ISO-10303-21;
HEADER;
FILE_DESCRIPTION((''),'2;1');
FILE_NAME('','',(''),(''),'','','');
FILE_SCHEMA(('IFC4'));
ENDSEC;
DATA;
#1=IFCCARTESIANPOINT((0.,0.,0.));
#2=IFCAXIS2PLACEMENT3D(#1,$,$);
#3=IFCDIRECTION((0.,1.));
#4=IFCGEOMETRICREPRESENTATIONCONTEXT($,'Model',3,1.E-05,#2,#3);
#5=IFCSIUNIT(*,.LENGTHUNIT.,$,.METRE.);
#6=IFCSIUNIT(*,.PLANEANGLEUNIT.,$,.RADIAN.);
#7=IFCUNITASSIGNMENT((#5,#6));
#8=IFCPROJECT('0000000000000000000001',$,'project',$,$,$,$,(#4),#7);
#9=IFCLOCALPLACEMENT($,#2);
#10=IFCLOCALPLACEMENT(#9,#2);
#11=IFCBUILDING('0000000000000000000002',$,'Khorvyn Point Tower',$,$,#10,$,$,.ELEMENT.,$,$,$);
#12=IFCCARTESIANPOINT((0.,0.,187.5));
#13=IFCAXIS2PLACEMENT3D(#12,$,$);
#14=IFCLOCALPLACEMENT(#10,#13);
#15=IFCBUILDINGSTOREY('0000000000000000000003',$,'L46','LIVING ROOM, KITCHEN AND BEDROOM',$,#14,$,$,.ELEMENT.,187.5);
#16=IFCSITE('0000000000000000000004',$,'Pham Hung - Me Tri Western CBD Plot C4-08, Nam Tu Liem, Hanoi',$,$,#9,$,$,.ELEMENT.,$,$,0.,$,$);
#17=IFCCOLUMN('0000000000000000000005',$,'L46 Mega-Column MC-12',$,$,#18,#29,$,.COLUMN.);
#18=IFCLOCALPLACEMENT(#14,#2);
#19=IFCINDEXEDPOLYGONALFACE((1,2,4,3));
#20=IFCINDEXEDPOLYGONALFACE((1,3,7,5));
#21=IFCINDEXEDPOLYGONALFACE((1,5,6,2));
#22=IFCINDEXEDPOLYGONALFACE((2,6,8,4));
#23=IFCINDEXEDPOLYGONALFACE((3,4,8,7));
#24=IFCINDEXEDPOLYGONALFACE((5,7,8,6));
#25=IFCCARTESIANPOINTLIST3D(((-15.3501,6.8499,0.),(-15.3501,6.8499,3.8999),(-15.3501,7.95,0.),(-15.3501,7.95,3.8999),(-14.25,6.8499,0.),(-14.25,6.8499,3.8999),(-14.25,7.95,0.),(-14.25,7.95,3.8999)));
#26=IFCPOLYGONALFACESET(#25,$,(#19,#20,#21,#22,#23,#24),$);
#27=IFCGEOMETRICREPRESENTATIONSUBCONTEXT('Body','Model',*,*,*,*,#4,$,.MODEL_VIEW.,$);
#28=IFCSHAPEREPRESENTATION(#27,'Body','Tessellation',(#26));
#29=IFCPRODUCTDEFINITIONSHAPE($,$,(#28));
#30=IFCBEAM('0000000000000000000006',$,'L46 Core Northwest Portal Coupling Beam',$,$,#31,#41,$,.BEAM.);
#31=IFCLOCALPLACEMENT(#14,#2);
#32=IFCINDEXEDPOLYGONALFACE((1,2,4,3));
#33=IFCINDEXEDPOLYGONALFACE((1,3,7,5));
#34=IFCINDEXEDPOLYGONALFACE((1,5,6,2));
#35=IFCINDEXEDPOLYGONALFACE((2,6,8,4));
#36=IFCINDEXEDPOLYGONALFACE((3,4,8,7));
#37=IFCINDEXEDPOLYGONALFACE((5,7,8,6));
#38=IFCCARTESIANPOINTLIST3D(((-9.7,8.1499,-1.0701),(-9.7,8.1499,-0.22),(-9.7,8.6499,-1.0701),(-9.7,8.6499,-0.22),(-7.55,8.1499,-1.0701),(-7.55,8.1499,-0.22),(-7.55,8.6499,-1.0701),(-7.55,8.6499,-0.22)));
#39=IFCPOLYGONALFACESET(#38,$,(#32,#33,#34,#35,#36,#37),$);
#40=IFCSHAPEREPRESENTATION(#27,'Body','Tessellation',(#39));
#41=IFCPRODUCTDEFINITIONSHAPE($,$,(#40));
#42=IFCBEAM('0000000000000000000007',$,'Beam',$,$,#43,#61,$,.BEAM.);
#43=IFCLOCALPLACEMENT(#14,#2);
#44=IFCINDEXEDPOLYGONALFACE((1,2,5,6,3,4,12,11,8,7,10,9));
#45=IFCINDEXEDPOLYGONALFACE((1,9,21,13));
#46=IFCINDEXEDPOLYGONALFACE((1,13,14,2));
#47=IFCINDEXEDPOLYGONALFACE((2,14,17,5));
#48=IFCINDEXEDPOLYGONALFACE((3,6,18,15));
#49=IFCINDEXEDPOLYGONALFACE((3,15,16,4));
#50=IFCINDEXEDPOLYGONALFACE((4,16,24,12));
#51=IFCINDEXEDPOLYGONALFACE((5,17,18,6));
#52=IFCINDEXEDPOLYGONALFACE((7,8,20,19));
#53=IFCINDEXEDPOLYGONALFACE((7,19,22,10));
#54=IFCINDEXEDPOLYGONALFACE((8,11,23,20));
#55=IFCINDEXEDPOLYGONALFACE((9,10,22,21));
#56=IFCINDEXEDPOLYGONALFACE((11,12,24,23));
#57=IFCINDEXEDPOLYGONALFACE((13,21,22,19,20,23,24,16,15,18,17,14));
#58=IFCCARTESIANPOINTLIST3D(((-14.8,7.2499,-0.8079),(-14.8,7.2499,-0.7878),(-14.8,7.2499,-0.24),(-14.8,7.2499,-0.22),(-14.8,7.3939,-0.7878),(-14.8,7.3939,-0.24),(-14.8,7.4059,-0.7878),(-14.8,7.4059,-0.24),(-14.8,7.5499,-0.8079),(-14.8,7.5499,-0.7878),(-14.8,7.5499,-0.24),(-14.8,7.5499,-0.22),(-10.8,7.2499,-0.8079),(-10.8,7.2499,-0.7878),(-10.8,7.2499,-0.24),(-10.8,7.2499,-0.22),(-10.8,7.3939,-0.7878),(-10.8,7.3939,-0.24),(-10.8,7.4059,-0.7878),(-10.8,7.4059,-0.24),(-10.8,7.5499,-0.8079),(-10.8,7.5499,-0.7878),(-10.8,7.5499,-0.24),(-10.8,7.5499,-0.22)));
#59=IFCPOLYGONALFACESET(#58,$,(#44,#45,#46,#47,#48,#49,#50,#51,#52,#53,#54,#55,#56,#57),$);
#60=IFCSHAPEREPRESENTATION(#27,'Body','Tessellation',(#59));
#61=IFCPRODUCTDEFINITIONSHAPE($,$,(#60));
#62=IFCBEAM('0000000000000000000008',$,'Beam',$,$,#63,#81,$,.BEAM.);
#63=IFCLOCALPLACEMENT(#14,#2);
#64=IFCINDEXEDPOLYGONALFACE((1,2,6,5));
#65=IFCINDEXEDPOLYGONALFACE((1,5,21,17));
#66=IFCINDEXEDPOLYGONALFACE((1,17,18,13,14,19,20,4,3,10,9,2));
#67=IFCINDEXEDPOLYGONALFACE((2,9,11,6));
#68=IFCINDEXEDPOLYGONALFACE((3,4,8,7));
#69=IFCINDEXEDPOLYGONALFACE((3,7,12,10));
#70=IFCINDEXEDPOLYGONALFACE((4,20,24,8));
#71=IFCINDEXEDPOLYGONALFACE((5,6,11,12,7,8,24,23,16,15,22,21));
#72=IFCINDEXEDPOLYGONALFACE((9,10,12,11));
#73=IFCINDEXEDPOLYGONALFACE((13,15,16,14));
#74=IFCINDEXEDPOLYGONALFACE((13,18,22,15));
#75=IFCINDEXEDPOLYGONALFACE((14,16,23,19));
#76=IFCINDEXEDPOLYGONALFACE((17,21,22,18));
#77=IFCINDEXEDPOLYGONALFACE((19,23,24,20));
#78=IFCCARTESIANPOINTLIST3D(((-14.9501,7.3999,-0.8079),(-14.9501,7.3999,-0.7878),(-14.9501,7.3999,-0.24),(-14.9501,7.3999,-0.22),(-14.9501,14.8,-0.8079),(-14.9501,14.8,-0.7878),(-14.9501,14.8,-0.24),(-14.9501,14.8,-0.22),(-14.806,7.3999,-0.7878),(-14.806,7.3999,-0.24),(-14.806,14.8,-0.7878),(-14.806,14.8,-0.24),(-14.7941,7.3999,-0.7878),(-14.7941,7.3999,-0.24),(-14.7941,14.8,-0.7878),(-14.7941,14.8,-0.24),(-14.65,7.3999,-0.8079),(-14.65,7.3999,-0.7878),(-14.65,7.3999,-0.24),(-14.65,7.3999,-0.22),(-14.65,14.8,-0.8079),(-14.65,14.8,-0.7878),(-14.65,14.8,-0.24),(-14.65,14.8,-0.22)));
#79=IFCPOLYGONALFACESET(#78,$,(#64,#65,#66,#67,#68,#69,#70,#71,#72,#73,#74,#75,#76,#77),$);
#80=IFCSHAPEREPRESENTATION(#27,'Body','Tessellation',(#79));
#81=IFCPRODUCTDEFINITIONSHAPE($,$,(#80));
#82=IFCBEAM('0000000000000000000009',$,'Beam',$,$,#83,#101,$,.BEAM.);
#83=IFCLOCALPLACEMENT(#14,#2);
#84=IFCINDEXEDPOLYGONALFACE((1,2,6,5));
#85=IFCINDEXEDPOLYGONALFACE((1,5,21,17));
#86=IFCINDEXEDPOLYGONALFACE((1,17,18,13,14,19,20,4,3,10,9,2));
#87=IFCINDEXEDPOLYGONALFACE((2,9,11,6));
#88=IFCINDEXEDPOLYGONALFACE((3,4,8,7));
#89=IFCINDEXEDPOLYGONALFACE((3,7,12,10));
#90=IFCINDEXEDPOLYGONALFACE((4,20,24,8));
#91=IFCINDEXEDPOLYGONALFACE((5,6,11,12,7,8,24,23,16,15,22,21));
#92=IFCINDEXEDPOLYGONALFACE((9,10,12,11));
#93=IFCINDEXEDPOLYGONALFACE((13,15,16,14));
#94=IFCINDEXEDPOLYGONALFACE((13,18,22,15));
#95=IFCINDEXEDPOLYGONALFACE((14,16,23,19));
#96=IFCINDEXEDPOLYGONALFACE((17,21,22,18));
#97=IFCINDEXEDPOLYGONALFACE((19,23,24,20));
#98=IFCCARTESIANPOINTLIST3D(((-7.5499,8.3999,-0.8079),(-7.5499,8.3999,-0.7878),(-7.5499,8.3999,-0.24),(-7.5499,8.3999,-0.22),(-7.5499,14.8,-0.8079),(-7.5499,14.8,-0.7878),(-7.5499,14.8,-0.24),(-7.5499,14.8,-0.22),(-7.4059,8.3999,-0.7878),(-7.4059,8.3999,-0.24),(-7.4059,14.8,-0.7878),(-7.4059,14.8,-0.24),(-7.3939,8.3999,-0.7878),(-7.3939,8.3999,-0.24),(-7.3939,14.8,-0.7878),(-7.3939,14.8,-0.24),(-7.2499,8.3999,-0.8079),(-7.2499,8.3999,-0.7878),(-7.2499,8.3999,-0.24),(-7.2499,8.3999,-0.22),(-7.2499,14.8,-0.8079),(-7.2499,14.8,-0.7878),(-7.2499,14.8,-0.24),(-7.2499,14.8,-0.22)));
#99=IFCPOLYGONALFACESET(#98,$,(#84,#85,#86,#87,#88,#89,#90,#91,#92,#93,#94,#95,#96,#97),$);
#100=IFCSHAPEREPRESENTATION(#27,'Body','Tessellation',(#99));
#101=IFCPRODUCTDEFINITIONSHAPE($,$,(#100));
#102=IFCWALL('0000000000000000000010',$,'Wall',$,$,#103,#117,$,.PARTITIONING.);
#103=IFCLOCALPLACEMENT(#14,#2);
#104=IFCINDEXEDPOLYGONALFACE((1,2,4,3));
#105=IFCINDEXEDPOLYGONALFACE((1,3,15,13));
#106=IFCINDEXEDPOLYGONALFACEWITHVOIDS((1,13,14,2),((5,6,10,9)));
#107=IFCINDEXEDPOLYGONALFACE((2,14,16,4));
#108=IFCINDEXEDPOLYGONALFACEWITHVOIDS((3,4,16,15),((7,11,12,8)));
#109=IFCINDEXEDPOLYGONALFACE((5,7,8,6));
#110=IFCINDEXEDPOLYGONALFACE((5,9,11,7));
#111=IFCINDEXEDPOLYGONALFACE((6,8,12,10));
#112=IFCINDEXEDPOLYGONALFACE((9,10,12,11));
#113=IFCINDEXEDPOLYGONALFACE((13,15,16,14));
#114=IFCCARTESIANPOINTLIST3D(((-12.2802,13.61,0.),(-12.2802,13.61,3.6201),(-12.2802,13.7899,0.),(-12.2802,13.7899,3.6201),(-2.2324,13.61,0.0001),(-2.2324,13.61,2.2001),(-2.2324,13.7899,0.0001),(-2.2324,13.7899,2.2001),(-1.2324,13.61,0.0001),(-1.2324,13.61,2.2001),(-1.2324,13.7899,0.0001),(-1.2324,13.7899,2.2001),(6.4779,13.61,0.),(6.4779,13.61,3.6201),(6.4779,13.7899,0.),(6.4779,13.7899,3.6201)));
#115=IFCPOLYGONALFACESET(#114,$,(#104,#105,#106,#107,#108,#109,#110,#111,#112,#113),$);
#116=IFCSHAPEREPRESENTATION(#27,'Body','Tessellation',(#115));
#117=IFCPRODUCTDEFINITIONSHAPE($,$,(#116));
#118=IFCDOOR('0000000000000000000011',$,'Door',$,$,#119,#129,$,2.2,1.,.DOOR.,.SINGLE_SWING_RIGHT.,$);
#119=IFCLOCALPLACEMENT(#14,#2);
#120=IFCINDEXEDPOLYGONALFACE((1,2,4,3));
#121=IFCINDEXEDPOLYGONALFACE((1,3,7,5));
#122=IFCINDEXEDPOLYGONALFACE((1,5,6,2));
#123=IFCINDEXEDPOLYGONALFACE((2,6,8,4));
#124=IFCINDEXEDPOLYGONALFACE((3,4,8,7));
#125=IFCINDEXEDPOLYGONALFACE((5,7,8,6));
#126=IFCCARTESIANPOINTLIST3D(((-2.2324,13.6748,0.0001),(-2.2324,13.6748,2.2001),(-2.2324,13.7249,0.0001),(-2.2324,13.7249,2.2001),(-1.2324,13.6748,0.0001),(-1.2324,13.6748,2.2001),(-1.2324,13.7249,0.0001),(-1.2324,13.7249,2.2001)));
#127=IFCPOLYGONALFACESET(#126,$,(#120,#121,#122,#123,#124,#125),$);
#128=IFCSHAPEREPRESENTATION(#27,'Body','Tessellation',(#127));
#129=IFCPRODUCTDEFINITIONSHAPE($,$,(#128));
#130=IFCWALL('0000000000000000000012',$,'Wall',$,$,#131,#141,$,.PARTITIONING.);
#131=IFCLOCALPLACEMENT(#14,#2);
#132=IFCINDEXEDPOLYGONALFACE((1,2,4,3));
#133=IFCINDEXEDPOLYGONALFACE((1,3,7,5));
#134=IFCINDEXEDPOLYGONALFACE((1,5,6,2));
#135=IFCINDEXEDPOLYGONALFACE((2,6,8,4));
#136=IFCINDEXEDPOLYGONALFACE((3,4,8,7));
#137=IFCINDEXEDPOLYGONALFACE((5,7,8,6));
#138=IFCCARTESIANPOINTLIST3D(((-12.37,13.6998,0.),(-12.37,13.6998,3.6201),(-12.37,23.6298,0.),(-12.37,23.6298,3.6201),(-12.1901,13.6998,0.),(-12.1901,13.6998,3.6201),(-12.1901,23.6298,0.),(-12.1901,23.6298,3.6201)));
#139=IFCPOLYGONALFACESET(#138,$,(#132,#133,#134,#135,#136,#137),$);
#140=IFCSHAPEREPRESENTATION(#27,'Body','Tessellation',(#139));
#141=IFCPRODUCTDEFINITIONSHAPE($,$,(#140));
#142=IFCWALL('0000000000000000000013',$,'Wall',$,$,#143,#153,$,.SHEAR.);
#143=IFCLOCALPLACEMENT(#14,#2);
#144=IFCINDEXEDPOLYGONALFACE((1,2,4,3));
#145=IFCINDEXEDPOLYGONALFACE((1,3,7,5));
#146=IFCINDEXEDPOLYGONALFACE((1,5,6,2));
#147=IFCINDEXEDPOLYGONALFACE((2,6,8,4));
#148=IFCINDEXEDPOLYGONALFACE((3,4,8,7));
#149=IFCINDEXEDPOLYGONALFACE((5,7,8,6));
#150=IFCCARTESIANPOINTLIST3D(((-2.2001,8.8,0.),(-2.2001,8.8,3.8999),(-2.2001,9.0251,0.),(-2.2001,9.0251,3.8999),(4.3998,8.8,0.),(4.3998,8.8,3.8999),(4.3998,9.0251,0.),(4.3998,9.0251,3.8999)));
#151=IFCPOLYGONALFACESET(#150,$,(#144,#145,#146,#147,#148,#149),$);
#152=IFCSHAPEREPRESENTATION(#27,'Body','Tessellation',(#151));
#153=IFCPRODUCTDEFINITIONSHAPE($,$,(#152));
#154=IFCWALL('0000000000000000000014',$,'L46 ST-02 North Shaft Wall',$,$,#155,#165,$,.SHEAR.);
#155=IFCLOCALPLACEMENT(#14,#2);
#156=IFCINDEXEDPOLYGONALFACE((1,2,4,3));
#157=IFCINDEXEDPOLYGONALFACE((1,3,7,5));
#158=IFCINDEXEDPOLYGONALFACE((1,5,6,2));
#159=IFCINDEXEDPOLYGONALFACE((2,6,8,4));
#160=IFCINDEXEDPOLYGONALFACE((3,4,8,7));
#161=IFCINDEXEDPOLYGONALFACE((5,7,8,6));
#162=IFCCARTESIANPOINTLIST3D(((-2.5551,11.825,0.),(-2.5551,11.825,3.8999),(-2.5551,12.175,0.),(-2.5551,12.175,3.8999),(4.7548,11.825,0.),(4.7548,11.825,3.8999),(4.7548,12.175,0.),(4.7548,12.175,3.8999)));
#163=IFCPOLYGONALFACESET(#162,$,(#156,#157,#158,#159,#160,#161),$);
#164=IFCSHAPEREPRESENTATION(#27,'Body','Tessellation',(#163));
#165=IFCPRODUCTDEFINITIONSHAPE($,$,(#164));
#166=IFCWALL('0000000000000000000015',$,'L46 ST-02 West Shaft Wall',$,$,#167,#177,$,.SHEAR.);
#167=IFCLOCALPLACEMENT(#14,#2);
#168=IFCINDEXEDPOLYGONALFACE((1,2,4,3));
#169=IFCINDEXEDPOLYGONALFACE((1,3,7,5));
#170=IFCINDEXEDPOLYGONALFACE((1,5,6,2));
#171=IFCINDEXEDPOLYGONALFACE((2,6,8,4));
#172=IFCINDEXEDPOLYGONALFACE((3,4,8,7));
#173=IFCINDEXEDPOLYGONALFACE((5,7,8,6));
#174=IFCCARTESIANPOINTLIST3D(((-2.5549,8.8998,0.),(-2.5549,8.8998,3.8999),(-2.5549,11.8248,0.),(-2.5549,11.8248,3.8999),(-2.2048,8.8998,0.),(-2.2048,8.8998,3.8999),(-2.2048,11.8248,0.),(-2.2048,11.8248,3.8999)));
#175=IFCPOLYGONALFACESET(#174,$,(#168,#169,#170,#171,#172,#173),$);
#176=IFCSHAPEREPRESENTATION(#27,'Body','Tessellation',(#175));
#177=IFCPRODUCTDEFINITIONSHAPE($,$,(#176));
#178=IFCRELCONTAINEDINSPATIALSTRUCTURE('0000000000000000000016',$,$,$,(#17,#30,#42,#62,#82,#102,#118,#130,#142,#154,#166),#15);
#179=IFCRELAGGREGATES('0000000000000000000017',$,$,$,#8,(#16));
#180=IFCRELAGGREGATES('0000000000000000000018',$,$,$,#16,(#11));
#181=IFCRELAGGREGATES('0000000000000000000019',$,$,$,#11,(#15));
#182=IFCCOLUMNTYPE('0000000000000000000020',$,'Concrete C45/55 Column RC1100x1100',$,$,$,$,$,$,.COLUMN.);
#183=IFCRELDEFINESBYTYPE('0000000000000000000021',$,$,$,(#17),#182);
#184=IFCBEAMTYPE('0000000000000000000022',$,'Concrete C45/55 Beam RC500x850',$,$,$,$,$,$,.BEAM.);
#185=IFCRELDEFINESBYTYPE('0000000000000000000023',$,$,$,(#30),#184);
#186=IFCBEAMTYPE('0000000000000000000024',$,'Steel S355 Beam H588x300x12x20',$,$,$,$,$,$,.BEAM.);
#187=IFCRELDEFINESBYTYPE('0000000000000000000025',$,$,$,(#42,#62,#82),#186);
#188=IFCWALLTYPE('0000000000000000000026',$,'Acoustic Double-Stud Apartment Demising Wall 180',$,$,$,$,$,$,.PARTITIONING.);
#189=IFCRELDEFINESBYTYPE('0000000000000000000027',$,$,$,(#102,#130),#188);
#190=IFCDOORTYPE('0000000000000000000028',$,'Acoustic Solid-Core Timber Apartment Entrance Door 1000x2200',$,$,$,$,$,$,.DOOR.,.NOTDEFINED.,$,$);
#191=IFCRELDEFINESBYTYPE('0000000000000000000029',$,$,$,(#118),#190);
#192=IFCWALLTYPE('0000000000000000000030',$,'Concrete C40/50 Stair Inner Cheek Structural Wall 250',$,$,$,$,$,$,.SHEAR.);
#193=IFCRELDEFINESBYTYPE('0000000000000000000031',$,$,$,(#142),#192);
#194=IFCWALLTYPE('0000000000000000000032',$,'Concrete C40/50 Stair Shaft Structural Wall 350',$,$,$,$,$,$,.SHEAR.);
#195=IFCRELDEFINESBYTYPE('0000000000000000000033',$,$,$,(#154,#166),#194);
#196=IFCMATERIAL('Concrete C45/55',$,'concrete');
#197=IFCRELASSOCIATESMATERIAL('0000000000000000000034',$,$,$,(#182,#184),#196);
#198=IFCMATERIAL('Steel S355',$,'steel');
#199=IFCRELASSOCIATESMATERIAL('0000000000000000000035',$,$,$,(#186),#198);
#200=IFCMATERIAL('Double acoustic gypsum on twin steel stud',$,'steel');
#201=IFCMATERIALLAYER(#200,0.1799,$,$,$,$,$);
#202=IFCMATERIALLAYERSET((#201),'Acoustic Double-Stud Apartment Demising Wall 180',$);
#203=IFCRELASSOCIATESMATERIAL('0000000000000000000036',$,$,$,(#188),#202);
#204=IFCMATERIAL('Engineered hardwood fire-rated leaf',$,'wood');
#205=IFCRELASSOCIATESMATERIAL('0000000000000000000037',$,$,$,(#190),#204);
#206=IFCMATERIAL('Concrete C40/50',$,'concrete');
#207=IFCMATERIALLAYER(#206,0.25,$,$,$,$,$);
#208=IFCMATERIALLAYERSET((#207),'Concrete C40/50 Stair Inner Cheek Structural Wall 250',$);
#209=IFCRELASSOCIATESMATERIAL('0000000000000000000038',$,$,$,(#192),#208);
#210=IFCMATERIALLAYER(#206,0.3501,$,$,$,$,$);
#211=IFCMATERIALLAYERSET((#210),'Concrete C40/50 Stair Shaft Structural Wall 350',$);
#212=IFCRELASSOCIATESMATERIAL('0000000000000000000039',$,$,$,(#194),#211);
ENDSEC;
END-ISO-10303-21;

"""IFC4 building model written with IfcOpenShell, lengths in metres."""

from ifc_helpers import new_model, si_unit, direction, frame, frame_2d, origin, origin_2d, place, context, subcontext, project, spatial, rectangle, i_section, extrude, material, layer, layer_set, material_profile, profile_set, type_object, element, fill, save


model = new_model("IFC4")

# Units and contexts
model_context = context("Model", 3, precision=1e-05, world=origin(), true_north=direction((0.0, 1.0)))
body_context = subcontext(model_context, "Body", "Model", "MODEL_VIEW")
ifc_project = project(units=[si_unit("LENGTHUNIT", "METRE"), si_unit("PLANEANGLEUNIT", "RADIAN")], contexts=[model_context])

# Site, building, storey
site_placement = place(None, origin())
site = spatial("IfcSite", under=ifc_project, at=site_placement, Name="Pham Hung - Me Tri Western CBD Plot C4-08, Nam Tu Liem, Hanoi", CompositionType="ELEMENT", RefElevation=0.0)
building_placement = place(site_placement, origin())
building = spatial("IfcBuilding", under=site, at=building_placement, Name="Khorvyn Point Tower", CompositionType="ELEMENT")
storey_placement = place(building_placement, frame((0.0, 0.0, 187.5)))
storey = spatial("IfcBuildingStorey", under=building, at=storey_placement, Name="L46", Description="LIVING ROOM, KITCHEN AND BEDROOM", CompositionType="ELEMENT", Elevation=187.5)

# Column
ifc_material_1 = material(Name="Concrete C45/55", Category="concrete")
ifc_material_profile_1 = material_profile(ifc_material_1, rectangle(XDim=1.1001, YDim=1.1001, at=origin_2d()))
ifc_profile_set_1 = profile_set([ifc_material_profile_1], Name="Concrete C45/55 RC1100x1100")
column_type = type_object("IfcColumnType", Name="Concrete C45/55 Column RC1100x1100", PredefinedType="COLUMN", material=ifc_profile_set_1)
column_placement = place(storey_placement, frame((-14.8, 7.3999, 0.0), z_axis=(0.0, 0.0, 1.0), x_axis=(1.0, 0.0, 0.0)))
element("IfcColumn", 1, at=column_placement, inside=storey, type_object=column_type, Name="L46 Mega-Column MC-12", PredefinedType="COLUMN", context=body_context, shape_type="SweptSolid", body=[
    extrude(rectangle(XDim=1.1001, YDim=1.1001, at=origin_2d()), origin(), (0.0, 0.0, 1.0), 3.8999),
])

# Beams
ifc_material_profile_2 = material_profile(ifc_material_1, rectangle(XDim=0.5, YDim=0.8501, at=origin_2d()))
ifc_profile_set_2 = profile_set([ifc_material_profile_2], Name="Concrete C45/55 RC500x850")
beam_type_1 = type_object("IfcBeamType", Name="Concrete C45/55 Beam RC500x850", PredefinedType="BEAM", material=ifc_profile_set_2)
beam_1_placement = place(storey_placement, frame((-9.7, 8.3999, -0.645), z_axis=(1.0, 0.0, 0.0), x_axis=(0.0, 1.0, 0.0)))
element("IfcBeam", 2, at=beam_1_placement, inside=storey, type_object=beam_type_1, Name="L46 Core Northwest Portal Coupling Beam", PredefinedType="BEAM", context=body_context, shape_type="SweptSolid", body=[
    extrude(rectangle(XDim=0.5, YDim=0.8501, at=origin_2d()), origin(), (0.0, 0.0, 1.0), 2.1499),
])
ifc_material_2 = material(Name="Steel S355", Category="steel")
ifc_material_profile_3 = material_profile(ifc_material_2, i_section(OverallWidth=0.3, OverallDepth=0.5879, WebThickness=0.012, FlangeThickness=0.02, at=origin_2d()))
ifc_profile_set_3 = profile_set([ifc_material_profile_3], Name="Steel S355 H588x300x12x20")
beam_type_2 = type_object("IfcBeamType", Name="Steel S355 Beam H588x300x12x20", PredefinedType="BEAM", material=ifc_profile_set_3)
beam_2_placement = place(storey_placement, frame((-14.8, 7.3999, -0.5139), z_axis=(1.0, 0.0, 0.0), x_axis=(0.0, 1.0, 0.0)))
element("IfcBeam", 3, at=beam_2_placement, inside=storey, type_object=beam_type_2, Name="Beam", PredefinedType="BEAM", context=body_context, shape_type="SweptSolid", body=[
    extrude(i_section(OverallWidth=0.3, OverallDepth=0.5879, WebThickness=0.012, FlangeThickness=0.02, at=origin_2d()), origin(), (0.0, 0.0, 1.0), 4.0),
])
beam_3_placement = place(storey_placement, frame((-14.8, 7.3999, -0.5139), z_axis=(0.0, 1.0, 0.0), x_axis=(-1.0, 0.0, 0.0)))
element("IfcBeam", 4, at=beam_3_placement, inside=storey, type_object=beam_type_2, Name="Beam", PredefinedType="BEAM", context=body_context, shape_type="SweptSolid", body=[
    extrude(i_section(OverallWidth=0.3, OverallDepth=0.5879, WebThickness=0.012, FlangeThickness=0.02, at=origin_2d()), origin(), (0.0, 0.0, 1.0), 7.4001),
])
beam_4_placement = place(storey_placement, frame((-7.3999, 8.3999, -0.5139), z_axis=(0.0, 1.0, 0.0), x_axis=(-1.0, 0.0, 0.0)))
element("IfcBeam", 5, at=beam_4_placement, inside=storey, type_object=beam_type_2, Name="Beam", PredefinedType="BEAM", context=body_context, shape_type="SweptSolid", body=[
    extrude(i_section(OverallWidth=0.3, OverallDepth=0.5879, WebThickness=0.012, FlangeThickness=0.02, at=origin_2d()), origin(), (0.0, 0.0, 1.0), 6.4001),
])

# Wall, opening, door
ifc_material_3 = material(Name="Double acoustic gypsum on twin steel stud", Category="steel")
ifc_layer_1 = layer(ifc_material_3, 0.1799)
ifc_layer_set_1 = layer_set([ifc_layer_1], Name="Acoustic Double-Stud Apartment Demising Wall 180")
wall_type_1 = type_object("IfcWallType", Name="Acoustic Double-Stud Apartment Demising Wall 180", PredefinedType="PARTITIONING", material=ifc_layer_set_1)
wall_1_placement = place(storey_placement, frame((-12.28, 13.7, 0.0), z_axis=(0.0, 0.0, 1.0), x_axis=(1.0, 0.0, 0.0)))
wall_1 = element("IfcWall", 6, at=wall_1_placement, inside=storey, type_object=wall_type_1, Name="Wall", PredefinedType="PARTITIONING", context=body_context, shape_type="SweptSolid", body=[
    extrude(rectangle(XDim=18.7581, YDim=0.1799, at=frame_2d((9.3789, 0.0))), origin(), (0.0, 0.0, 1.0), 3.6201),
])
opening_1_placement = place(wall_1_placement, frame((10.0476, 0.0, 0.0)))
opening_1 = element("IfcOpeningElement", 7, at=opening_1_placement, cuts=wall_1, PredefinedType="OPENING", context=body_context, shape_type="SweptSolid", body=[
    extrude(rectangle(XDim=1.0, YDim=2.2, at=frame_2d((0.5, 1.1001))), frame((0.0, 0.0999, 0.0), z_axis=(0.0, -1.0, 0.0), x_axis=(1.0, 0.0, 0.0)), (0.0, 0.0, 1.0), 0.2),
])
ifc_material_4 = material(Name="Engineered hardwood fire-rated leaf", Category="wood")
door_type_1 = type_object("IfcDoorType", Name="Acoustic Solid-Core Timber Apartment Entrance Door 1000x2200", OperationType="NOTDEFINED", PredefinedType="DOOR", material=ifc_material_4)
door_1_placement = place(opening_1_placement, origin())
door_1 = element("IfcDoor", 8, at=door_1_placement, inside=storey, type_object=door_type_1, Name="Door", OperationType="SINGLE_SWING_RIGHT", OverallHeight=2.2, OverallWidth=1.0, PredefinedType="DOOR", context=body_context, shape_type="SweptSolid", body=[
    extrude(rectangle(XDim=1.0, YDim=2.2, at=frame_2d((0.5, 1.1001))), frame((0.0, 0.0249, 0.0), z_axis=(0.0, -1.0, 0.0), x_axis=(1.0, 0.0, 0.0)), (0.0, 0.0, 1.0), 0.05),
])
fill(opening_1, door_1)

# Wall
wall_2_placement = place(storey_placement, frame((-12.28, 13.7, 0.0), z_axis=(0.0, 0.0, 1.0), x_axis=(0.0, 1.0, 0.0)))
element("IfcWall", 9, at=wall_2_placement, inside=storey, type_object=wall_type_1, Name="Wall", PredefinedType="PARTITIONING", context=body_context, shape_type="SweptSolid", body=[
    extrude(rectangle(XDim=9.9299, YDim=0.1799, at=frame_2d((4.9648, 0.0))), origin(), (0.0, 0.0, 1.0), 3.6201),
])

# Shared definitions
ifc_material_5 = material(Name="Concrete C40/50", Category="concrete")

# Walls
ifc_layer_2 = layer(ifc_material_5, 0.25)
ifc_layer_set_2 = layer_set([ifc_layer_2], Name="Concrete C40/50 Stair Inner Cheek Structural Wall 250")
wall_type_2 = type_object("IfcWallType", Name="Concrete C40/50 Stair Inner Cheek Structural Wall 250", PredefinedType="SHEAR", material=ifc_layer_set_2)
wall_3_placement = place(storey_placement, frame((-2.2, 8.9126, 0.0), z_axis=(0.0, 0.0, 1.0), x_axis=(1.0, 0.0, 0.0)))
element("IfcWall", 10, at=wall_3_placement, inside=storey, type_object=wall_type_2, Name="Wall", PredefinedType="SHEAR", context=body_context, shape_type="SweptSolid", body=[
    extrude(rectangle(XDim=6.5999, YDim=0.2251, at=frame_2d((3.2998, 0.0))), origin(), (0.0, 0.0, 1.0), 3.8999),
])
ifc_layer_3 = layer(ifc_material_5, 0.3501)
ifc_layer_set_3 = layer_set([ifc_layer_3], Name="Concrete C40/50 Stair Shaft Structural Wall 350")
wall_type_3 = type_object("IfcWallType", Name="Concrete C40/50 Stair Shaft Structural Wall 350", PredefinedType="SHEAR", material=ifc_layer_set_3)
wall_4_placement = place(storey_placement, frame((-2.5549, 12.0, 0.0), z_axis=(0.0, 0.0, 1.0), x_axis=(1.0, 0.0, 0.0)))
element("IfcWall", 11, at=wall_4_placement, inside=storey, type_object=wall_type_3, Name="L46 ST-02 North Shaft Wall", PredefinedType="SHEAR", context=body_context, shape_type="SweptSolid", body=[
    extrude(rectangle(XDim=7.3098, YDim=0.3501, at=frame_2d((3.6548, 0.0))), origin(), (0.0, 0.0, 1.0), 3.8999),
])
wall_5_placement = place(storey_placement, frame((-2.3799, 8.8999, 0.0), z_axis=(0.0, 0.0, 1.0), x_axis=(0.0, 1.0, 0.0)))
element("IfcWall", 12, at=wall_5_placement, inside=storey, type_object=wall_type_3, Name="L46 ST-02 West Shaft Wall", PredefinedType="SHEAR", context=body_context, shape_type="SweptSolid", body=[
    extrude(rectangle(XDim=2.925, YDim=0.3501, at=frame_2d((1.4624, 0.0))), origin(), (0.0, 0.0, 1.0), 3.8999),
])

save(model, "model.ifc")
